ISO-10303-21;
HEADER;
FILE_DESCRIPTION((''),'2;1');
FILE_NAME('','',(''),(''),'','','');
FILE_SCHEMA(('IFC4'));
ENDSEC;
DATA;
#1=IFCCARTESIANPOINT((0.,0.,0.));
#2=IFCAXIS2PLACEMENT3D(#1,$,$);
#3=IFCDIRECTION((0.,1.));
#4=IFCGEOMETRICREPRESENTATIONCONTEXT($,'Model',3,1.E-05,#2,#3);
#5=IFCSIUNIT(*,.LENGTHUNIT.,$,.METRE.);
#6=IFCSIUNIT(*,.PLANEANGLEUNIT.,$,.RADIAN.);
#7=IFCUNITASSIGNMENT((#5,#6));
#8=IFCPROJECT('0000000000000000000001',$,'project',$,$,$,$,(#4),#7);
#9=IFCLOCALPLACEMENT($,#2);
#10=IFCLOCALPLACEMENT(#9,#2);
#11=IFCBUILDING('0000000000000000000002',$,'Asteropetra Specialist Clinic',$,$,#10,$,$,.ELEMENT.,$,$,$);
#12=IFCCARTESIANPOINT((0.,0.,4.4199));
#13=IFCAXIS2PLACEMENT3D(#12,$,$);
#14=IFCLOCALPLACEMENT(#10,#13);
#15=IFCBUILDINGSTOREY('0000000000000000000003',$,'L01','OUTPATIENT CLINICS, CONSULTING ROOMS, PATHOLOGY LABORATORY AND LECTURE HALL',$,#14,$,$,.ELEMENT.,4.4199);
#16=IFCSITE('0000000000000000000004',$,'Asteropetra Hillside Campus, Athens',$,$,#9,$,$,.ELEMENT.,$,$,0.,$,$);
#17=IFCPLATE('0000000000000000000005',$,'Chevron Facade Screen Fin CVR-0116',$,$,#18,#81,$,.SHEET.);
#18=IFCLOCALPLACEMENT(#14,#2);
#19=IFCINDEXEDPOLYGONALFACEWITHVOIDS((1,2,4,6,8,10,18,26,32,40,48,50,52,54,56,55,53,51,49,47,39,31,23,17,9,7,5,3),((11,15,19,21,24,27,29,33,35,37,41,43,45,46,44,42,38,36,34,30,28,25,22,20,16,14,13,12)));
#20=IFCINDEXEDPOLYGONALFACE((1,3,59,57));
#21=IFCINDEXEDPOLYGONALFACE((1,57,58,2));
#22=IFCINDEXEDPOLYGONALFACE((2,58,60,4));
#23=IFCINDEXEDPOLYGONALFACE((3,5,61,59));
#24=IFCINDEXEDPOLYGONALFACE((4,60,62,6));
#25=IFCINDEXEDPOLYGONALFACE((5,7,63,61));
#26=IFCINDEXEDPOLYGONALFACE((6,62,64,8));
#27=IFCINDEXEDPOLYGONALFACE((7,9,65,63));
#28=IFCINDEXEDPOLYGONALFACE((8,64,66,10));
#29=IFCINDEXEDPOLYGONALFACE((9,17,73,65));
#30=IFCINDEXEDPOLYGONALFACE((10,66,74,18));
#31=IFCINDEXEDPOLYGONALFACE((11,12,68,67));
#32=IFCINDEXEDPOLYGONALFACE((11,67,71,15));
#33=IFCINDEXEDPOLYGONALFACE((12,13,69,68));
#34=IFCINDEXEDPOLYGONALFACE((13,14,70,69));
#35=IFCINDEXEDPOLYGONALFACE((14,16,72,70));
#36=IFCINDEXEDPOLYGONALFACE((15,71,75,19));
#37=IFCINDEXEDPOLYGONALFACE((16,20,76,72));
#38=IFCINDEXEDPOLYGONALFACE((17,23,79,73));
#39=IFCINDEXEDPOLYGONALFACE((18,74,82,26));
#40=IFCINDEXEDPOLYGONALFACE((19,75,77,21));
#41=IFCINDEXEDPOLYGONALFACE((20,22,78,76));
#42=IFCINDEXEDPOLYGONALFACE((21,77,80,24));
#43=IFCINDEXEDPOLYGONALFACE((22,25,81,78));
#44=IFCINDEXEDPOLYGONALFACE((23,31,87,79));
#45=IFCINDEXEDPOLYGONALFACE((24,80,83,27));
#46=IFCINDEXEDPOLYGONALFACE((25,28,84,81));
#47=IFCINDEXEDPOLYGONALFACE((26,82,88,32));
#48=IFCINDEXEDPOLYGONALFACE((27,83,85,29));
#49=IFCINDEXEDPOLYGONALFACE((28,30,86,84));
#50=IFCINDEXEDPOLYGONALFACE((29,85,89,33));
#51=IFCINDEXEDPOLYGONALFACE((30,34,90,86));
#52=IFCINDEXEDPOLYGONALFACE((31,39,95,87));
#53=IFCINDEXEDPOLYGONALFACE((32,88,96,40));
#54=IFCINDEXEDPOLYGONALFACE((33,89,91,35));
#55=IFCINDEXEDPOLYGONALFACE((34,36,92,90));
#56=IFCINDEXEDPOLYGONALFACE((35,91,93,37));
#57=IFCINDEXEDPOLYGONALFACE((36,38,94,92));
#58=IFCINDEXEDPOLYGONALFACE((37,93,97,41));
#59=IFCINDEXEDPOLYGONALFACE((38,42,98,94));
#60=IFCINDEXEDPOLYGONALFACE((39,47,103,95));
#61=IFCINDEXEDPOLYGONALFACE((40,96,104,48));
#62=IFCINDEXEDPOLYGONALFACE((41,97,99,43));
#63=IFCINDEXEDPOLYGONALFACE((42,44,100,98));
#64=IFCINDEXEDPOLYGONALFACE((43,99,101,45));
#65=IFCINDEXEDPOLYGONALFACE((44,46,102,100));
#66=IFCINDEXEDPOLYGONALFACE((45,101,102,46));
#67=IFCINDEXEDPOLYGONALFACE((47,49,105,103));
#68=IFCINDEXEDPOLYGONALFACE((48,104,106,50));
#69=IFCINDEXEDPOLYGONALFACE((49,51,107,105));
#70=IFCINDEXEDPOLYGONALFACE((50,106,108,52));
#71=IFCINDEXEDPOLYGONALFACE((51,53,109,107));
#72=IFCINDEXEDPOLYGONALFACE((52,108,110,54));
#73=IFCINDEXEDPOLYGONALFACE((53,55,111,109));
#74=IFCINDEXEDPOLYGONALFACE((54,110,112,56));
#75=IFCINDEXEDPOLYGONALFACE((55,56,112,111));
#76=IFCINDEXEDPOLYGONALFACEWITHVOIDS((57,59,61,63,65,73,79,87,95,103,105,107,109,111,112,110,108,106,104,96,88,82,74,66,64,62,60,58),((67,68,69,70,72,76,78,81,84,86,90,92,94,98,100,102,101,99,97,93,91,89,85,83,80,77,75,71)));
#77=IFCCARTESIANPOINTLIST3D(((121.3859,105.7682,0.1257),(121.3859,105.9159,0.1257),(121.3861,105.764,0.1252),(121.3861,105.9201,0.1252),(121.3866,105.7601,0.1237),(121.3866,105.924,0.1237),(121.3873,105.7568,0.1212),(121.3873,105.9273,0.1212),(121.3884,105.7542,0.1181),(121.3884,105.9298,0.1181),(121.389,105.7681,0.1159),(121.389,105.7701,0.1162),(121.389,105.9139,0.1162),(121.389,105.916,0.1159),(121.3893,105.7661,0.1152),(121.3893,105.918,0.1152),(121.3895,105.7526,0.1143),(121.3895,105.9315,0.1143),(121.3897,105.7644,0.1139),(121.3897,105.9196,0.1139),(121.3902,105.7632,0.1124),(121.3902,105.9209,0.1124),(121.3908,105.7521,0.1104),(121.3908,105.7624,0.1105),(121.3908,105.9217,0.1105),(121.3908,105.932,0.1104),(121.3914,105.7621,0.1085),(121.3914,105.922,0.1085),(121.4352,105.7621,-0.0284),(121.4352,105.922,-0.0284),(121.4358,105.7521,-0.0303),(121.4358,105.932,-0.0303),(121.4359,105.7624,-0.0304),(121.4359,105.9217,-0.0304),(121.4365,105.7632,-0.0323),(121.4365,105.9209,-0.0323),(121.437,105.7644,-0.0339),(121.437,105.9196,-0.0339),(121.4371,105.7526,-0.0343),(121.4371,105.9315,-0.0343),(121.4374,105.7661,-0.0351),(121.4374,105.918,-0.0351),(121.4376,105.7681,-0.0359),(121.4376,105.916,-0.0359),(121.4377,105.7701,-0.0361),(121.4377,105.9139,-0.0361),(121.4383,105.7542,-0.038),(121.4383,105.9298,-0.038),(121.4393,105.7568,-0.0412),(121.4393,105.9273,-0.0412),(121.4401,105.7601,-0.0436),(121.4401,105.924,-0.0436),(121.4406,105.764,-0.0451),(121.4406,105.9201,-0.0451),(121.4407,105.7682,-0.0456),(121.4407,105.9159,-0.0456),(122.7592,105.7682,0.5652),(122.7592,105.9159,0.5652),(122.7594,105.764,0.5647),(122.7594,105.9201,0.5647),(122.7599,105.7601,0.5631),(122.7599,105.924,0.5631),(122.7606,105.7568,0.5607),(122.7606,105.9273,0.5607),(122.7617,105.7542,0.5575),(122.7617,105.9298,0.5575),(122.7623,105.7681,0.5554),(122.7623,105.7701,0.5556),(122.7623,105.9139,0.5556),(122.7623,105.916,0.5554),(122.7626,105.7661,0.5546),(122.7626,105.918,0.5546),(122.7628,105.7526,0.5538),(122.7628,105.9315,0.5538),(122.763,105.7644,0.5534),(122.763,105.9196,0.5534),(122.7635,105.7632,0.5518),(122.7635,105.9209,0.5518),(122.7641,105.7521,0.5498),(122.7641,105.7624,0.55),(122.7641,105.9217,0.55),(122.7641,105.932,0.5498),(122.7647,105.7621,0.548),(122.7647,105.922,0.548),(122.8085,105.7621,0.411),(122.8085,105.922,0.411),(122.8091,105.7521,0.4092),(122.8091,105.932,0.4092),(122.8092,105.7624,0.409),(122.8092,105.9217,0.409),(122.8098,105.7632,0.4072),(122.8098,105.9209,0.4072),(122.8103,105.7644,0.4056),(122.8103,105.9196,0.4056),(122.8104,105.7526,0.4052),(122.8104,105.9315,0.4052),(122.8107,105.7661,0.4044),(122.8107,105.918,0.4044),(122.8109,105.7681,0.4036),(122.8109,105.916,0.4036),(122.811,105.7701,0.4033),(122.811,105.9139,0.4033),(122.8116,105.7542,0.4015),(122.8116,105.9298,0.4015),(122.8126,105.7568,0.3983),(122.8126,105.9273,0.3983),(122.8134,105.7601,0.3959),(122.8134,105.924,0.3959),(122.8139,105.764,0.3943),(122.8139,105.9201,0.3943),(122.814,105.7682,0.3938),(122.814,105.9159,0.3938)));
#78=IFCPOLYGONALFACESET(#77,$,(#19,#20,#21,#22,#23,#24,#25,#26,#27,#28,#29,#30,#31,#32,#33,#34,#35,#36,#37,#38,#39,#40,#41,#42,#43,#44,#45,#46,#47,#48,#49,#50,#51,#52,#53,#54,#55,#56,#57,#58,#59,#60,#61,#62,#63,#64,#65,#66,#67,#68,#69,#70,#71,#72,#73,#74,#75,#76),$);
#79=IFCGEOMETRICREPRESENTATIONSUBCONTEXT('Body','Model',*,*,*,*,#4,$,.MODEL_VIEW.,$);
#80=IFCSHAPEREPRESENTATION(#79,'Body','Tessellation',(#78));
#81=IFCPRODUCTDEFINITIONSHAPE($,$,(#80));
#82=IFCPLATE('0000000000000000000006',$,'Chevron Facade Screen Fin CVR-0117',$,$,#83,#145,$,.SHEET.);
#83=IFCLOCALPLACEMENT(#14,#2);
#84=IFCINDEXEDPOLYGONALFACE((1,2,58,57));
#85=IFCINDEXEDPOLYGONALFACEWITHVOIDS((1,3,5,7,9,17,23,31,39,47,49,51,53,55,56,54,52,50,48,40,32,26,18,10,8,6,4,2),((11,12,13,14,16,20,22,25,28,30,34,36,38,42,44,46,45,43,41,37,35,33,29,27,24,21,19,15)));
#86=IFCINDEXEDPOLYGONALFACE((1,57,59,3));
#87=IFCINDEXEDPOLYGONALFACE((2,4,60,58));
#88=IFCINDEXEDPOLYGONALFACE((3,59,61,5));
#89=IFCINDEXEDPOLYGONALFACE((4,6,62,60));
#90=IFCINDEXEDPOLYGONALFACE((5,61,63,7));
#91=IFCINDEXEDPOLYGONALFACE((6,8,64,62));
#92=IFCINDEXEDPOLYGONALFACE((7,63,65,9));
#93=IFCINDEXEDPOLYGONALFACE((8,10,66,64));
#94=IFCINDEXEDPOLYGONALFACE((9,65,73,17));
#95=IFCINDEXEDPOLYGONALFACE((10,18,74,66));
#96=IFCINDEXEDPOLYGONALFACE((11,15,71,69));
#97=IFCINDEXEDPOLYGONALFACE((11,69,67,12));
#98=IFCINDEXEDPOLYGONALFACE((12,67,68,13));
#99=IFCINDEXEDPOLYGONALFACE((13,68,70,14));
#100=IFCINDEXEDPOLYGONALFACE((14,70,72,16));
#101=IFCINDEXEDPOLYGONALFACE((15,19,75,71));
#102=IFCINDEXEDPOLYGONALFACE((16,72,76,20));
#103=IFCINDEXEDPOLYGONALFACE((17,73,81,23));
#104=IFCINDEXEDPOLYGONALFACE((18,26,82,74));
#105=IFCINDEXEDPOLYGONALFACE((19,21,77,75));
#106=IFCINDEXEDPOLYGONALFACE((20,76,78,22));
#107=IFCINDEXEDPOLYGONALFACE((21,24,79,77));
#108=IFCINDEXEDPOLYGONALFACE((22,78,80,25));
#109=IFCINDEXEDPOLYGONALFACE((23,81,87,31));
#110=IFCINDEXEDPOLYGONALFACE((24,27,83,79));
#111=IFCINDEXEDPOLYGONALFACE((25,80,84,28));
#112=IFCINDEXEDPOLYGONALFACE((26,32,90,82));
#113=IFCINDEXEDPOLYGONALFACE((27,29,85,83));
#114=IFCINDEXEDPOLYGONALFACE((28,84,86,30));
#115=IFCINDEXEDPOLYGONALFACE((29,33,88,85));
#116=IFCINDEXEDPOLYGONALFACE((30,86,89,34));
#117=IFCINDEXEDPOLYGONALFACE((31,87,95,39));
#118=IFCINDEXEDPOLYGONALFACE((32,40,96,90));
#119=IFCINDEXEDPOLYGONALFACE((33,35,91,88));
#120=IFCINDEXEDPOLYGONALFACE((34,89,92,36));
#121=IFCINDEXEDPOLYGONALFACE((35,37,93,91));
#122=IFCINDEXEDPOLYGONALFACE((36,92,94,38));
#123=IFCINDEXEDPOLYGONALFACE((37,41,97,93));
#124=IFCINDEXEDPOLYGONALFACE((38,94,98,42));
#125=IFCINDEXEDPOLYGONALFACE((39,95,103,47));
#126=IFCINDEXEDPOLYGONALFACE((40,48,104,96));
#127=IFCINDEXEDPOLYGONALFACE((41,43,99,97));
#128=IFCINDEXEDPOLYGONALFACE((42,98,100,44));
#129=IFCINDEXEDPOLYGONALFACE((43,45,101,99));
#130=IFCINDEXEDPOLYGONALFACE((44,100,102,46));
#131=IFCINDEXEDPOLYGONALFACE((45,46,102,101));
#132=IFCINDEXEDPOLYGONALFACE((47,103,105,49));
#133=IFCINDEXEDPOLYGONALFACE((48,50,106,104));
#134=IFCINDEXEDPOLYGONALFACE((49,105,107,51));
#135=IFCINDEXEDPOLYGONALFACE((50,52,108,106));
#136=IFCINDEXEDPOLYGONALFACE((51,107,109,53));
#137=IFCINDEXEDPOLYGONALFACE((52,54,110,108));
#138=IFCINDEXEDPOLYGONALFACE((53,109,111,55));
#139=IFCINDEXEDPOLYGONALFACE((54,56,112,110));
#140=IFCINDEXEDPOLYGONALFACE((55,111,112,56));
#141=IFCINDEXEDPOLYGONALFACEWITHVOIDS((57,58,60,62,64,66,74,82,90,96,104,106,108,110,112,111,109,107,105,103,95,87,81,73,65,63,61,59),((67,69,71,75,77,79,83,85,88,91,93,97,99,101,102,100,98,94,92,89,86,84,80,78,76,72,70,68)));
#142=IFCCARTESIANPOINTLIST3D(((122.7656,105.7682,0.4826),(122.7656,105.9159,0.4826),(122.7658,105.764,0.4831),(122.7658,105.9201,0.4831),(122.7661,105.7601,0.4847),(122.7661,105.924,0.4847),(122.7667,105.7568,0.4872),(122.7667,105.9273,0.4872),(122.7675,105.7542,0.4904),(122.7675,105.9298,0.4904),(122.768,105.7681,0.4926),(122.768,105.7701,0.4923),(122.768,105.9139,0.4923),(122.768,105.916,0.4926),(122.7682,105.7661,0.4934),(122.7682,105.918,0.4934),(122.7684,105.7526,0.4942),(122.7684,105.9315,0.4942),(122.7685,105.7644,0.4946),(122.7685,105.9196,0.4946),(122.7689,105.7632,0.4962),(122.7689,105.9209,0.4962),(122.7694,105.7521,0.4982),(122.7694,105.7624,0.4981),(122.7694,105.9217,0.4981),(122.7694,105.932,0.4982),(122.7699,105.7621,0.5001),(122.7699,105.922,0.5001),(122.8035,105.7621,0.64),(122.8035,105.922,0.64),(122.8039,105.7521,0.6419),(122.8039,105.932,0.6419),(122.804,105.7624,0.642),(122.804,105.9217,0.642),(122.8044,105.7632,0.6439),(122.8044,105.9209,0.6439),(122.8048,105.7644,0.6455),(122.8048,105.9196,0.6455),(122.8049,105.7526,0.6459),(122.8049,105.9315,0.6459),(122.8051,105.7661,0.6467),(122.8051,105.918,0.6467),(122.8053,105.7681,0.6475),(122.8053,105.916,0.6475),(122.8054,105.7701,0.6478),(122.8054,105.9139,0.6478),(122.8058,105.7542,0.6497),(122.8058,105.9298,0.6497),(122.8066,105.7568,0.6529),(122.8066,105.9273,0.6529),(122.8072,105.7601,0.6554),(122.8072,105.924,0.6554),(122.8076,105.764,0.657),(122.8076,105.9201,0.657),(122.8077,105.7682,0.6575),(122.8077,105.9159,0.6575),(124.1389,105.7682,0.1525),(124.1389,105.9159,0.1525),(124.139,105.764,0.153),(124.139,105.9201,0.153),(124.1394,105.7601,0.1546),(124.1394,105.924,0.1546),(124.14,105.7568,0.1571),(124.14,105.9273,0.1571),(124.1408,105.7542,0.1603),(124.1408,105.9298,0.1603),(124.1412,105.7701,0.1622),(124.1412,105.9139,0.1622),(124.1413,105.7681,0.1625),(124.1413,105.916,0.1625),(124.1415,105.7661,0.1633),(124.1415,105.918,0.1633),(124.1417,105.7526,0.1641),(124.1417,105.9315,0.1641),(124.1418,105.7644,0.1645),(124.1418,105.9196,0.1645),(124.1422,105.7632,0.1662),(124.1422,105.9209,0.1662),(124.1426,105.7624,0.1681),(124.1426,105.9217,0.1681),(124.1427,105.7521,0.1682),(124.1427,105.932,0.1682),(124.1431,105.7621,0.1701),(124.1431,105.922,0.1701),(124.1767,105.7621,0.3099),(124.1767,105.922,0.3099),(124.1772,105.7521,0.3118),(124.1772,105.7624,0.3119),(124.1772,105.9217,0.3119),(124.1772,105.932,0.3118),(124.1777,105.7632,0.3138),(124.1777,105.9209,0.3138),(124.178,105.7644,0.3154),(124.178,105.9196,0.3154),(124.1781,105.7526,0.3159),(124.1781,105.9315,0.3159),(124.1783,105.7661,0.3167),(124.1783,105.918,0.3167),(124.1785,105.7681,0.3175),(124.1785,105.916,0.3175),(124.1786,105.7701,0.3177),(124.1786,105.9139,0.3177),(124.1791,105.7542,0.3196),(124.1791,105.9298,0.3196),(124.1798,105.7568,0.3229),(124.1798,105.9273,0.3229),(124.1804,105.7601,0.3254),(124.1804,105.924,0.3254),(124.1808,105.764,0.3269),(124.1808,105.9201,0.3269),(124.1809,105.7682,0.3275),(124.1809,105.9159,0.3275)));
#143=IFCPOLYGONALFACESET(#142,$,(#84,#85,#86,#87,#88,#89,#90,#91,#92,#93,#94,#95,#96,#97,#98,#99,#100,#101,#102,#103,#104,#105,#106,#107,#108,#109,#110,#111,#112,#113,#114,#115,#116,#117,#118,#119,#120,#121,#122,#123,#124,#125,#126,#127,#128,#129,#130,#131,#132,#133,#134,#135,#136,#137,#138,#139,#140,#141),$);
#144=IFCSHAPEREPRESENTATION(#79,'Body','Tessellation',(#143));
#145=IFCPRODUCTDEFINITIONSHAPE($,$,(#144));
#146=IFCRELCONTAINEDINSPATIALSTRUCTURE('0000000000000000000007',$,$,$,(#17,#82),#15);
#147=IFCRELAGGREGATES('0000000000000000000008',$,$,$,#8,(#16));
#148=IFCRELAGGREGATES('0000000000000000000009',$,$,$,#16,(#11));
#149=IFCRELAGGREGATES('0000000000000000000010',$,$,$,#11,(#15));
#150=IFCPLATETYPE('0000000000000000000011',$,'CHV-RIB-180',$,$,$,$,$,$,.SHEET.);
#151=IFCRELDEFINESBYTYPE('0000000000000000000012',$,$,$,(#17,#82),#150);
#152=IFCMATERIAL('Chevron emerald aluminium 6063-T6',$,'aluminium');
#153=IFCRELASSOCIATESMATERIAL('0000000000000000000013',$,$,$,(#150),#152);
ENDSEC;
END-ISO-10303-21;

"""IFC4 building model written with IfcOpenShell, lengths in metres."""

from ifc_helpers import new_model, si_unit, direction, frame, origin, origin_2d, place, context, subcontext, project, spatial, hollow_rectangle, extrude, material, material_profile, profile_set, type_object, element, save


model = new_model("IFC4")

# Units and contexts
model_context = context("Model", 3, precision=1e-05, world=origin(), true_north=direction((0.0, 1.0)))
body_context = subcontext(model_context, "Body", "Model", "MODEL_VIEW")
ifc_project = project(units=[si_unit("LENGTHUNIT", "METRE"), si_unit("PLANEANGLEUNIT", "RADIAN")], contexts=[model_context])

# Site, building, storey
site_placement = place(None, origin())
site = spatial("IfcSite", under=ifc_project, at=site_placement, Name="Asteropetra Hillside Campus, Athens", CompositionType="ELEMENT", RefElevation=0.0)
building_placement = place(site_placement, origin())
building = spatial("IfcBuilding", under=site, at=building_placement, Name="Asteropetra Specialist Clinic", CompositionType="ELEMENT")
storey_placement = place(building_placement, frame((0.0, 0.0, 4.4199)))
storey = spatial("IfcBuildingStorey", under=building, at=storey_placement, Name="L01", Description="OUTPATIENT CLINICS, CONSULTING ROOMS, PATHOLOGY LABORATORY AND LECTURE HALL", CompositionType="ELEMENT", Elevation=4.4199)

# Plates
ifc_material_1 = material(Name="Chevron emerald aluminium 6063-T6", Category="aluminium")
ifc_material_profile_1 = material_profile(ifc_material_1, hollow_rectangle(XDim=0.1799, YDim=0.1799, WallThickness=0.01, InnerFilletRadius=0.0081, OuterFilletRadius=0.0161, at=origin_2d()), Name="SHS 180x180x10.0")
ifc_profile_set_1 = profile_set([ifc_material_profile_1], Name="Chevron emerald aluminium 6063-T6")
plate_type = type_object("IfcPlateType", Name="CHV-RIB-180", PredefinedType="SHEET", material=ifc_profile_set_1)
for number, where, z_axis, x_axis, name in (
    (1, (122.7866, 105.842, 0.4795), (-0.952424, 0.0, -0.304776), (0.0, -1.0, 0.0), "Chevron Facade Screen Fin CVR-0116"),
):
    element("IfcPlate", number, at=place(storey_placement, frame(where, z_axis=z_axis, x_axis=x_axis)), inside=storey, type_object=plate_type, Name=name, PredefinedType="SHEET", context=body_context, shape_type="SweptSolid", body=[
        extrude(hollow_rectangle(XDim=0.1799, YDim=0.1799, WallThickness=0.01, InnerFilletRadius=0.0081, OuterFilletRadius=0.0161, at=origin_2d()), origin(), (0.0, 0.0, 1.0), 1.4419),
    ])
for number, where, z_axis, x_axis, name in (
    (2, (124.1599, 105.842, 0.24), (-0.972309, 0.0, 0.2337), (0.0, -1.0, 0.0), "Chevron Facade Screen Fin CVR-0117"),
):
    element("IfcPlate", number, at=place(storey_placement, frame(where, z_axis=z_axis, x_axis=x_axis)), inside=storey, type_object=plate_type, Name=name, PredefinedType="SHEET", context=body_context, shape_type="SweptSolid", body=[
        extrude(hollow_rectangle(XDim=0.1799, YDim=0.1799, WallThickness=0.01, InnerFilletRadius=0.0081, OuterFilletRadius=0.0161, at=origin_2d()), origin(), (0.0, 0.0, 1.0), 1.4124),
    ])

save(model, "model.ifc")
